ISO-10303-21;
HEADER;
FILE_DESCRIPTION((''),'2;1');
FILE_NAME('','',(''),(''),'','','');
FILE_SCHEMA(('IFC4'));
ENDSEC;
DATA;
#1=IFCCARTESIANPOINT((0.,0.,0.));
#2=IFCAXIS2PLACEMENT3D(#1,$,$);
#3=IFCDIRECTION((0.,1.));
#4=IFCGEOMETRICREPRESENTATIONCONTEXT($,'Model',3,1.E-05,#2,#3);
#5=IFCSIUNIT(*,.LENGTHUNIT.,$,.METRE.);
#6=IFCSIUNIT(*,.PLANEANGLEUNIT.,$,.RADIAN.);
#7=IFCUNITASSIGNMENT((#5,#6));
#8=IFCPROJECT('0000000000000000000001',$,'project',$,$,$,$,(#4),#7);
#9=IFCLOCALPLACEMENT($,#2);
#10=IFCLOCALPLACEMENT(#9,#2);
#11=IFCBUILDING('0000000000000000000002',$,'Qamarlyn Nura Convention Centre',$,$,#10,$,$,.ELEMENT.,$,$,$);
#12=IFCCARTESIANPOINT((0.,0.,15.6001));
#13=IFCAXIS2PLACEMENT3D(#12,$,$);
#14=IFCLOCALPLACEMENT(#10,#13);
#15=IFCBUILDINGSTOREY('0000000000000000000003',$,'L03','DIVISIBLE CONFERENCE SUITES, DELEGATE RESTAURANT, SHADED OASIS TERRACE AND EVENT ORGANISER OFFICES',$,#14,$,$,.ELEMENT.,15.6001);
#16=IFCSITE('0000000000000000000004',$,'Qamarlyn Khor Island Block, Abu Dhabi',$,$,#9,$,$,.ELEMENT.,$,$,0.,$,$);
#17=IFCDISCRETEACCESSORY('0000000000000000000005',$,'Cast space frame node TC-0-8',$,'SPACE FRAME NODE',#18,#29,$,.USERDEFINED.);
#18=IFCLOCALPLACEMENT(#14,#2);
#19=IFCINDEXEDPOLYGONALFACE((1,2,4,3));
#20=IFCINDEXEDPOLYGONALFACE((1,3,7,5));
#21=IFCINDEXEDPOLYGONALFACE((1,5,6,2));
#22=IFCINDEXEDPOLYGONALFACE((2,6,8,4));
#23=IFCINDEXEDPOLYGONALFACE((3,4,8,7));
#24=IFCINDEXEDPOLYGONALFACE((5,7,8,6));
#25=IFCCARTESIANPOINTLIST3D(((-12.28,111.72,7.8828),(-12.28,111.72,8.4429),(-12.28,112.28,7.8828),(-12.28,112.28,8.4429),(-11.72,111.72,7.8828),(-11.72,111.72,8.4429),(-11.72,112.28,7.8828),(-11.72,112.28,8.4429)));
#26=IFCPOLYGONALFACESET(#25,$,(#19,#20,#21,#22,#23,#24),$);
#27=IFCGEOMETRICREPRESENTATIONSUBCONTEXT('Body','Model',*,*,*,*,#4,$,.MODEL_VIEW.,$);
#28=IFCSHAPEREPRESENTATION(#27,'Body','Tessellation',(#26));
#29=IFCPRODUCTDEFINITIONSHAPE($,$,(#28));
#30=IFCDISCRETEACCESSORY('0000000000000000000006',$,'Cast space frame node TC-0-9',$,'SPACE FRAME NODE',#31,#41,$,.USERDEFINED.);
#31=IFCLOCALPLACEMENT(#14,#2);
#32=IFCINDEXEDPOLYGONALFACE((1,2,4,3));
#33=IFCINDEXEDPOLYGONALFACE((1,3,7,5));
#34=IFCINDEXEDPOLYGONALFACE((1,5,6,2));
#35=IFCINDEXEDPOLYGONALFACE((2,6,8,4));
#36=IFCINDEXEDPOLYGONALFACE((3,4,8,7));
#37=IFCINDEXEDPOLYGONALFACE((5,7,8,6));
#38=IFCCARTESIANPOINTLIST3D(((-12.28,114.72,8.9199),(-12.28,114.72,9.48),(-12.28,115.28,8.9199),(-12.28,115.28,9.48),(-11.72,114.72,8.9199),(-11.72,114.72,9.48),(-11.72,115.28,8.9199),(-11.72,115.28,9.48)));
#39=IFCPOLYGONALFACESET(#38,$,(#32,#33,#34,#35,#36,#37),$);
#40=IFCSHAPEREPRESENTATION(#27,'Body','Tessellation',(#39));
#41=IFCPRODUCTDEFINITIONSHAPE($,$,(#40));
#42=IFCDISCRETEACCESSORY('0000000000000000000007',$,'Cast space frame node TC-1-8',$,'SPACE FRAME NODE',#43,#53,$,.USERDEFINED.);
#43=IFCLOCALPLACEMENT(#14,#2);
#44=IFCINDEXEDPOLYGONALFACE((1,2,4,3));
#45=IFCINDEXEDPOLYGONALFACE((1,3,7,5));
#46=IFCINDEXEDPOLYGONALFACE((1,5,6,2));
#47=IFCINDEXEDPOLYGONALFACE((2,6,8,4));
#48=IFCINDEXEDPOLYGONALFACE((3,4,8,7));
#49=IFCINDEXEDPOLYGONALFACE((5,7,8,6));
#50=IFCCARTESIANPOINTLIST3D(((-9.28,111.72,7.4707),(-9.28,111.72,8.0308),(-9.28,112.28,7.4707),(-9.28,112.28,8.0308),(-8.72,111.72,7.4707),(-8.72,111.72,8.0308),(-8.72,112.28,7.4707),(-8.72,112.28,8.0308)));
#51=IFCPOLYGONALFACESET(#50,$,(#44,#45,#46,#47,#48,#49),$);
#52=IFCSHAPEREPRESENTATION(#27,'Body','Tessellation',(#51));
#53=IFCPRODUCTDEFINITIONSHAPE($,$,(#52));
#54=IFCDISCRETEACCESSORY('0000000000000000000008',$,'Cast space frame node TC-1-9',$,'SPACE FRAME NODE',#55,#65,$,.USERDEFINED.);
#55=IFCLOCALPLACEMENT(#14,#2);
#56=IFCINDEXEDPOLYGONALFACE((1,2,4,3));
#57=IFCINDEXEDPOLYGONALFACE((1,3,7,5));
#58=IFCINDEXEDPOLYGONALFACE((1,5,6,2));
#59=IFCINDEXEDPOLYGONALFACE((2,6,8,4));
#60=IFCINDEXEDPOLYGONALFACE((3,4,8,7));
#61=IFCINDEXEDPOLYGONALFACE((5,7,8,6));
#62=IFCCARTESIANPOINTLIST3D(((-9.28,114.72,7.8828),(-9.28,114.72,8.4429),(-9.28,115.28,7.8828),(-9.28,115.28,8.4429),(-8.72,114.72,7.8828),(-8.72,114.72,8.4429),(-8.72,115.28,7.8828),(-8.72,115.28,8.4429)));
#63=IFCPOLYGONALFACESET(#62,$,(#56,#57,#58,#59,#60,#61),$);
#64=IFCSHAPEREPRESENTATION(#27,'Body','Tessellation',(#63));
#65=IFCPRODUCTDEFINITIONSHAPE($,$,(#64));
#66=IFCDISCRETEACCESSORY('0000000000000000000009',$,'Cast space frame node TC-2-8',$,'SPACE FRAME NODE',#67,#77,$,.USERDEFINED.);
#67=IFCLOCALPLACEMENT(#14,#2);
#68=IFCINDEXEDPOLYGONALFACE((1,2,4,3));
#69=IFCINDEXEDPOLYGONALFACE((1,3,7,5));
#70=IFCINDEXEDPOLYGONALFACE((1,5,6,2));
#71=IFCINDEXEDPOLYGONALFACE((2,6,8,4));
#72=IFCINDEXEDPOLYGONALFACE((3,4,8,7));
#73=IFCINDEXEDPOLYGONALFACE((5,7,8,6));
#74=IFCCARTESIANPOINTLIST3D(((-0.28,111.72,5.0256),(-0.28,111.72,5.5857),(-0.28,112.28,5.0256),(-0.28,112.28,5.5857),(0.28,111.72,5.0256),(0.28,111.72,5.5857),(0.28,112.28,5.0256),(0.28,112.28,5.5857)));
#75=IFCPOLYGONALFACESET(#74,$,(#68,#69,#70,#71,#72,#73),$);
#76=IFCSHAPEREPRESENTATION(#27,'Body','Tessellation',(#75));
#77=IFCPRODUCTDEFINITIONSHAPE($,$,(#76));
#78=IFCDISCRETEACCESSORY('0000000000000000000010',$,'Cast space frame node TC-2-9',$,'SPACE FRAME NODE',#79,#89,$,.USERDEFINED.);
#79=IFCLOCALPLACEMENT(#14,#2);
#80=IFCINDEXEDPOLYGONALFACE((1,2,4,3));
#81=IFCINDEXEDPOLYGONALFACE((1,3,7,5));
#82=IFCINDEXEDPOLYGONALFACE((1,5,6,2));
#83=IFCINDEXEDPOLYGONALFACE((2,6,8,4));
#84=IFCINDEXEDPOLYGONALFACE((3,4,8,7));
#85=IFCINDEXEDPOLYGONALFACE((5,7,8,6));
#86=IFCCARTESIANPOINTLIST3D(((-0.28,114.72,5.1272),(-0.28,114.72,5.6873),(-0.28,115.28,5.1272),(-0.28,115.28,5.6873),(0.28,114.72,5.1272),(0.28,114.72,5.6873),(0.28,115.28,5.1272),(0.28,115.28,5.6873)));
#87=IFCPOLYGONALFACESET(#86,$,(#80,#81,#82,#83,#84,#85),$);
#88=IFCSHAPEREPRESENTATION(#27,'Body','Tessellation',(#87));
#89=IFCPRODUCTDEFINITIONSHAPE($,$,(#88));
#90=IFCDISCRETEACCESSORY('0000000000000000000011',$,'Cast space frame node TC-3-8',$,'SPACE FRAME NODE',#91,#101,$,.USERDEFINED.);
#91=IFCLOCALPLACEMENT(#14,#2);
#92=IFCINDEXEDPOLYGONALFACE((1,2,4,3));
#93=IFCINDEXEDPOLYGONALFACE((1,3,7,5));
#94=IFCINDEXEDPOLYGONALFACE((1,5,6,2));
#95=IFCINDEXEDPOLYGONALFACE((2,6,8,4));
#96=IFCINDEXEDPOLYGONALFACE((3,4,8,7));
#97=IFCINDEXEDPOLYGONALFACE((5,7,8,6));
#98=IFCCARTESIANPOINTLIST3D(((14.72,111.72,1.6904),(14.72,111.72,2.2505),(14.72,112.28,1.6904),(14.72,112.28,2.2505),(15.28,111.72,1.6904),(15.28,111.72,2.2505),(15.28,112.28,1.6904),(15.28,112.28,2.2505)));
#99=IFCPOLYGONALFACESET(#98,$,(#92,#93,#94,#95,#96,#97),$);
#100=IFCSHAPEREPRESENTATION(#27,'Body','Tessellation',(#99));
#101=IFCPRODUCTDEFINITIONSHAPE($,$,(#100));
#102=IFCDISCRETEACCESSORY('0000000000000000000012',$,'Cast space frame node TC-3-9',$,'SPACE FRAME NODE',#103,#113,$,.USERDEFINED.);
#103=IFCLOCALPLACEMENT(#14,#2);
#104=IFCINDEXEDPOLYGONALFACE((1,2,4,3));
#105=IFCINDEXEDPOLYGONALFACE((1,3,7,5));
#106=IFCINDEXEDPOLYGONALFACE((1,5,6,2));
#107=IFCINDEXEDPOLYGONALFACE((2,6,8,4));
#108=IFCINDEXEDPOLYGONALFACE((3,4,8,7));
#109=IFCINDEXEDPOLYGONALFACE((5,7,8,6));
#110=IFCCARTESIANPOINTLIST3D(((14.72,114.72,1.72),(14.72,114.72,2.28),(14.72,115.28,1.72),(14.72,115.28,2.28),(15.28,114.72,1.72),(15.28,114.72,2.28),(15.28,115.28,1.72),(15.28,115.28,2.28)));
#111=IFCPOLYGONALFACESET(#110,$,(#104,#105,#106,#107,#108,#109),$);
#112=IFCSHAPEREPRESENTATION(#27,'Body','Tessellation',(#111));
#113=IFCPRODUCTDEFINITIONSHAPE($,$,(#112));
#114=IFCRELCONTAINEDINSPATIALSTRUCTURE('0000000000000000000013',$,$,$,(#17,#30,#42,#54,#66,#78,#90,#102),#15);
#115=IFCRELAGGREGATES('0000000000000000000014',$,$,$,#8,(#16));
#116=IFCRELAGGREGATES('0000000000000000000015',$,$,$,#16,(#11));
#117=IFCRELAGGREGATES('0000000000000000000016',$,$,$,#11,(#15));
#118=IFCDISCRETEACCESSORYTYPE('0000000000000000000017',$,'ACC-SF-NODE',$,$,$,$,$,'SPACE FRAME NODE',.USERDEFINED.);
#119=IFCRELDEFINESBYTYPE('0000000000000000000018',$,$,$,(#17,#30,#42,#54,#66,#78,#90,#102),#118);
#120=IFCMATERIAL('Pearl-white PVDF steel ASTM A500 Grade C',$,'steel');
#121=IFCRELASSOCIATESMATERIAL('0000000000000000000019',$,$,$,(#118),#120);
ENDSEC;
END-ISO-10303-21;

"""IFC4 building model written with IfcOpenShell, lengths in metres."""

from ifc_helpers import new_model, si_unit, direction, frame, origin, origin_2d, place, context, subcontext, project, spatial, rectangle, extrude, material, type_object, element, save


model = new_model("IFC4")

# Units and contexts
model_context = context("Model", 3, precision=1e-05, world=origin(), true_north=direction((0.0, 1.0)))
body_context = subcontext(model_context, "Body", "Model", "MODEL_VIEW")
ifc_project = project(units=[si_unit("LENGTHUNIT", "METRE"), si_unit("PLANEANGLEUNIT", "RADIAN")], contexts=[model_context])

# Site, building, storey
site_placement = place(None, origin())
site = spatial("IfcSite", under=ifc_project, at=site_placement, Name="Qamarlyn Khor Island Block, Abu Dhabi", CompositionType="ELEMENT", RefElevation=0.0)
building_placement = place(site_placement, origin())
building = spatial("IfcBuilding", under=site, at=building_placement, Name="Qamarlyn Nura Convention Centre", CompositionType="ELEMENT")
storey_placement = place(building_placement, frame((0.0, 0.0, 15.6001)))
storey = spatial("IfcBuildingStorey", under=building, at=storey_placement, Name="L03", Description="DIVISIBLE CONFERENCE SUITES, DELEGATE RESTAURANT, SHADED OASIS TERRACE AND EVENT ORGANISER OFFICES", CompositionType="ELEMENT", Elevation=15.6001)

# Shared definitions
ifc_material_1 = material(Name="Pearl-white PVDF steel ASTM A500 Grade C", Category="steel")

# Discrete accessories
discrete_accessory_type = type_object("IfcDiscreteAccessoryType", Name="ACC-SF-NODE", ElementType="SPACE FRAME NODE", PredefinedType="USERDEFINED", material=ifc_material_1)
for number, where, z_axis, x_axis, name in (
    (1, (-12.0, 112.0, 7.8828), (0.0, 0.0, 1.0), (1.0, 0.0, 0.0), "Cast space frame node TC-0-8"),
    (2, (-12.0, 115.0, 8.9199), (0.0, 0.0, 1.0), (1.0, 0.0, 0.0), "Cast space frame node TC-0-9"),
    (3, (-9.0, 112.0, 7.4707), (0.0, 0.0, 1.0), (1.0, 0.0, 0.0), "Cast space frame node TC-1-8"),
    (4, (-9.0, 115.0, 7.8828), (0.0, 0.0, 1.0), (1.0, 0.0, 0.0), "Cast space frame node TC-1-9"),
    (5, (0.0, 112.0, 5.0256), (0.0, 0.0, 1.0), (1.0, 0.0, 0.0), "Cast space frame node TC-2-8"),
    (6, (0.0, 115.0, 5.1272), (0.0, 0.0, 1.0), (1.0, 0.0, 0.0), "Cast space frame node TC-2-9"),
    (7, (15.0, 112.0, 1.6904), (0.0, 0.0, 1.0), (1.0, 0.0, 0.0), "Cast space frame node TC-3-8"),
    (8, (15.0, 115.0, 1.72), (0.0, 0.0, 1.0), (1.0, 0.0, 0.0), "Cast space frame node TC-3-9"),
):
    element("IfcDiscreteAccessory", number, at=place(storey_placement, frame(where, z_axis=z_axis, x_axis=x_axis)), inside=storey, type_object=discrete_accessory_type, Name=name, ObjectType="SPACE FRAME NODE", PredefinedType="USERDEFINED", context=body_context, shape_type="SweptSolid", body=[
        extrude(rectangle(XDim=0.5601, YDim=0.5601, at=origin_2d()), origin(), (0.0, 0.0, 1.0), 0.5601),
    ])

save(model, "model.ifc")
